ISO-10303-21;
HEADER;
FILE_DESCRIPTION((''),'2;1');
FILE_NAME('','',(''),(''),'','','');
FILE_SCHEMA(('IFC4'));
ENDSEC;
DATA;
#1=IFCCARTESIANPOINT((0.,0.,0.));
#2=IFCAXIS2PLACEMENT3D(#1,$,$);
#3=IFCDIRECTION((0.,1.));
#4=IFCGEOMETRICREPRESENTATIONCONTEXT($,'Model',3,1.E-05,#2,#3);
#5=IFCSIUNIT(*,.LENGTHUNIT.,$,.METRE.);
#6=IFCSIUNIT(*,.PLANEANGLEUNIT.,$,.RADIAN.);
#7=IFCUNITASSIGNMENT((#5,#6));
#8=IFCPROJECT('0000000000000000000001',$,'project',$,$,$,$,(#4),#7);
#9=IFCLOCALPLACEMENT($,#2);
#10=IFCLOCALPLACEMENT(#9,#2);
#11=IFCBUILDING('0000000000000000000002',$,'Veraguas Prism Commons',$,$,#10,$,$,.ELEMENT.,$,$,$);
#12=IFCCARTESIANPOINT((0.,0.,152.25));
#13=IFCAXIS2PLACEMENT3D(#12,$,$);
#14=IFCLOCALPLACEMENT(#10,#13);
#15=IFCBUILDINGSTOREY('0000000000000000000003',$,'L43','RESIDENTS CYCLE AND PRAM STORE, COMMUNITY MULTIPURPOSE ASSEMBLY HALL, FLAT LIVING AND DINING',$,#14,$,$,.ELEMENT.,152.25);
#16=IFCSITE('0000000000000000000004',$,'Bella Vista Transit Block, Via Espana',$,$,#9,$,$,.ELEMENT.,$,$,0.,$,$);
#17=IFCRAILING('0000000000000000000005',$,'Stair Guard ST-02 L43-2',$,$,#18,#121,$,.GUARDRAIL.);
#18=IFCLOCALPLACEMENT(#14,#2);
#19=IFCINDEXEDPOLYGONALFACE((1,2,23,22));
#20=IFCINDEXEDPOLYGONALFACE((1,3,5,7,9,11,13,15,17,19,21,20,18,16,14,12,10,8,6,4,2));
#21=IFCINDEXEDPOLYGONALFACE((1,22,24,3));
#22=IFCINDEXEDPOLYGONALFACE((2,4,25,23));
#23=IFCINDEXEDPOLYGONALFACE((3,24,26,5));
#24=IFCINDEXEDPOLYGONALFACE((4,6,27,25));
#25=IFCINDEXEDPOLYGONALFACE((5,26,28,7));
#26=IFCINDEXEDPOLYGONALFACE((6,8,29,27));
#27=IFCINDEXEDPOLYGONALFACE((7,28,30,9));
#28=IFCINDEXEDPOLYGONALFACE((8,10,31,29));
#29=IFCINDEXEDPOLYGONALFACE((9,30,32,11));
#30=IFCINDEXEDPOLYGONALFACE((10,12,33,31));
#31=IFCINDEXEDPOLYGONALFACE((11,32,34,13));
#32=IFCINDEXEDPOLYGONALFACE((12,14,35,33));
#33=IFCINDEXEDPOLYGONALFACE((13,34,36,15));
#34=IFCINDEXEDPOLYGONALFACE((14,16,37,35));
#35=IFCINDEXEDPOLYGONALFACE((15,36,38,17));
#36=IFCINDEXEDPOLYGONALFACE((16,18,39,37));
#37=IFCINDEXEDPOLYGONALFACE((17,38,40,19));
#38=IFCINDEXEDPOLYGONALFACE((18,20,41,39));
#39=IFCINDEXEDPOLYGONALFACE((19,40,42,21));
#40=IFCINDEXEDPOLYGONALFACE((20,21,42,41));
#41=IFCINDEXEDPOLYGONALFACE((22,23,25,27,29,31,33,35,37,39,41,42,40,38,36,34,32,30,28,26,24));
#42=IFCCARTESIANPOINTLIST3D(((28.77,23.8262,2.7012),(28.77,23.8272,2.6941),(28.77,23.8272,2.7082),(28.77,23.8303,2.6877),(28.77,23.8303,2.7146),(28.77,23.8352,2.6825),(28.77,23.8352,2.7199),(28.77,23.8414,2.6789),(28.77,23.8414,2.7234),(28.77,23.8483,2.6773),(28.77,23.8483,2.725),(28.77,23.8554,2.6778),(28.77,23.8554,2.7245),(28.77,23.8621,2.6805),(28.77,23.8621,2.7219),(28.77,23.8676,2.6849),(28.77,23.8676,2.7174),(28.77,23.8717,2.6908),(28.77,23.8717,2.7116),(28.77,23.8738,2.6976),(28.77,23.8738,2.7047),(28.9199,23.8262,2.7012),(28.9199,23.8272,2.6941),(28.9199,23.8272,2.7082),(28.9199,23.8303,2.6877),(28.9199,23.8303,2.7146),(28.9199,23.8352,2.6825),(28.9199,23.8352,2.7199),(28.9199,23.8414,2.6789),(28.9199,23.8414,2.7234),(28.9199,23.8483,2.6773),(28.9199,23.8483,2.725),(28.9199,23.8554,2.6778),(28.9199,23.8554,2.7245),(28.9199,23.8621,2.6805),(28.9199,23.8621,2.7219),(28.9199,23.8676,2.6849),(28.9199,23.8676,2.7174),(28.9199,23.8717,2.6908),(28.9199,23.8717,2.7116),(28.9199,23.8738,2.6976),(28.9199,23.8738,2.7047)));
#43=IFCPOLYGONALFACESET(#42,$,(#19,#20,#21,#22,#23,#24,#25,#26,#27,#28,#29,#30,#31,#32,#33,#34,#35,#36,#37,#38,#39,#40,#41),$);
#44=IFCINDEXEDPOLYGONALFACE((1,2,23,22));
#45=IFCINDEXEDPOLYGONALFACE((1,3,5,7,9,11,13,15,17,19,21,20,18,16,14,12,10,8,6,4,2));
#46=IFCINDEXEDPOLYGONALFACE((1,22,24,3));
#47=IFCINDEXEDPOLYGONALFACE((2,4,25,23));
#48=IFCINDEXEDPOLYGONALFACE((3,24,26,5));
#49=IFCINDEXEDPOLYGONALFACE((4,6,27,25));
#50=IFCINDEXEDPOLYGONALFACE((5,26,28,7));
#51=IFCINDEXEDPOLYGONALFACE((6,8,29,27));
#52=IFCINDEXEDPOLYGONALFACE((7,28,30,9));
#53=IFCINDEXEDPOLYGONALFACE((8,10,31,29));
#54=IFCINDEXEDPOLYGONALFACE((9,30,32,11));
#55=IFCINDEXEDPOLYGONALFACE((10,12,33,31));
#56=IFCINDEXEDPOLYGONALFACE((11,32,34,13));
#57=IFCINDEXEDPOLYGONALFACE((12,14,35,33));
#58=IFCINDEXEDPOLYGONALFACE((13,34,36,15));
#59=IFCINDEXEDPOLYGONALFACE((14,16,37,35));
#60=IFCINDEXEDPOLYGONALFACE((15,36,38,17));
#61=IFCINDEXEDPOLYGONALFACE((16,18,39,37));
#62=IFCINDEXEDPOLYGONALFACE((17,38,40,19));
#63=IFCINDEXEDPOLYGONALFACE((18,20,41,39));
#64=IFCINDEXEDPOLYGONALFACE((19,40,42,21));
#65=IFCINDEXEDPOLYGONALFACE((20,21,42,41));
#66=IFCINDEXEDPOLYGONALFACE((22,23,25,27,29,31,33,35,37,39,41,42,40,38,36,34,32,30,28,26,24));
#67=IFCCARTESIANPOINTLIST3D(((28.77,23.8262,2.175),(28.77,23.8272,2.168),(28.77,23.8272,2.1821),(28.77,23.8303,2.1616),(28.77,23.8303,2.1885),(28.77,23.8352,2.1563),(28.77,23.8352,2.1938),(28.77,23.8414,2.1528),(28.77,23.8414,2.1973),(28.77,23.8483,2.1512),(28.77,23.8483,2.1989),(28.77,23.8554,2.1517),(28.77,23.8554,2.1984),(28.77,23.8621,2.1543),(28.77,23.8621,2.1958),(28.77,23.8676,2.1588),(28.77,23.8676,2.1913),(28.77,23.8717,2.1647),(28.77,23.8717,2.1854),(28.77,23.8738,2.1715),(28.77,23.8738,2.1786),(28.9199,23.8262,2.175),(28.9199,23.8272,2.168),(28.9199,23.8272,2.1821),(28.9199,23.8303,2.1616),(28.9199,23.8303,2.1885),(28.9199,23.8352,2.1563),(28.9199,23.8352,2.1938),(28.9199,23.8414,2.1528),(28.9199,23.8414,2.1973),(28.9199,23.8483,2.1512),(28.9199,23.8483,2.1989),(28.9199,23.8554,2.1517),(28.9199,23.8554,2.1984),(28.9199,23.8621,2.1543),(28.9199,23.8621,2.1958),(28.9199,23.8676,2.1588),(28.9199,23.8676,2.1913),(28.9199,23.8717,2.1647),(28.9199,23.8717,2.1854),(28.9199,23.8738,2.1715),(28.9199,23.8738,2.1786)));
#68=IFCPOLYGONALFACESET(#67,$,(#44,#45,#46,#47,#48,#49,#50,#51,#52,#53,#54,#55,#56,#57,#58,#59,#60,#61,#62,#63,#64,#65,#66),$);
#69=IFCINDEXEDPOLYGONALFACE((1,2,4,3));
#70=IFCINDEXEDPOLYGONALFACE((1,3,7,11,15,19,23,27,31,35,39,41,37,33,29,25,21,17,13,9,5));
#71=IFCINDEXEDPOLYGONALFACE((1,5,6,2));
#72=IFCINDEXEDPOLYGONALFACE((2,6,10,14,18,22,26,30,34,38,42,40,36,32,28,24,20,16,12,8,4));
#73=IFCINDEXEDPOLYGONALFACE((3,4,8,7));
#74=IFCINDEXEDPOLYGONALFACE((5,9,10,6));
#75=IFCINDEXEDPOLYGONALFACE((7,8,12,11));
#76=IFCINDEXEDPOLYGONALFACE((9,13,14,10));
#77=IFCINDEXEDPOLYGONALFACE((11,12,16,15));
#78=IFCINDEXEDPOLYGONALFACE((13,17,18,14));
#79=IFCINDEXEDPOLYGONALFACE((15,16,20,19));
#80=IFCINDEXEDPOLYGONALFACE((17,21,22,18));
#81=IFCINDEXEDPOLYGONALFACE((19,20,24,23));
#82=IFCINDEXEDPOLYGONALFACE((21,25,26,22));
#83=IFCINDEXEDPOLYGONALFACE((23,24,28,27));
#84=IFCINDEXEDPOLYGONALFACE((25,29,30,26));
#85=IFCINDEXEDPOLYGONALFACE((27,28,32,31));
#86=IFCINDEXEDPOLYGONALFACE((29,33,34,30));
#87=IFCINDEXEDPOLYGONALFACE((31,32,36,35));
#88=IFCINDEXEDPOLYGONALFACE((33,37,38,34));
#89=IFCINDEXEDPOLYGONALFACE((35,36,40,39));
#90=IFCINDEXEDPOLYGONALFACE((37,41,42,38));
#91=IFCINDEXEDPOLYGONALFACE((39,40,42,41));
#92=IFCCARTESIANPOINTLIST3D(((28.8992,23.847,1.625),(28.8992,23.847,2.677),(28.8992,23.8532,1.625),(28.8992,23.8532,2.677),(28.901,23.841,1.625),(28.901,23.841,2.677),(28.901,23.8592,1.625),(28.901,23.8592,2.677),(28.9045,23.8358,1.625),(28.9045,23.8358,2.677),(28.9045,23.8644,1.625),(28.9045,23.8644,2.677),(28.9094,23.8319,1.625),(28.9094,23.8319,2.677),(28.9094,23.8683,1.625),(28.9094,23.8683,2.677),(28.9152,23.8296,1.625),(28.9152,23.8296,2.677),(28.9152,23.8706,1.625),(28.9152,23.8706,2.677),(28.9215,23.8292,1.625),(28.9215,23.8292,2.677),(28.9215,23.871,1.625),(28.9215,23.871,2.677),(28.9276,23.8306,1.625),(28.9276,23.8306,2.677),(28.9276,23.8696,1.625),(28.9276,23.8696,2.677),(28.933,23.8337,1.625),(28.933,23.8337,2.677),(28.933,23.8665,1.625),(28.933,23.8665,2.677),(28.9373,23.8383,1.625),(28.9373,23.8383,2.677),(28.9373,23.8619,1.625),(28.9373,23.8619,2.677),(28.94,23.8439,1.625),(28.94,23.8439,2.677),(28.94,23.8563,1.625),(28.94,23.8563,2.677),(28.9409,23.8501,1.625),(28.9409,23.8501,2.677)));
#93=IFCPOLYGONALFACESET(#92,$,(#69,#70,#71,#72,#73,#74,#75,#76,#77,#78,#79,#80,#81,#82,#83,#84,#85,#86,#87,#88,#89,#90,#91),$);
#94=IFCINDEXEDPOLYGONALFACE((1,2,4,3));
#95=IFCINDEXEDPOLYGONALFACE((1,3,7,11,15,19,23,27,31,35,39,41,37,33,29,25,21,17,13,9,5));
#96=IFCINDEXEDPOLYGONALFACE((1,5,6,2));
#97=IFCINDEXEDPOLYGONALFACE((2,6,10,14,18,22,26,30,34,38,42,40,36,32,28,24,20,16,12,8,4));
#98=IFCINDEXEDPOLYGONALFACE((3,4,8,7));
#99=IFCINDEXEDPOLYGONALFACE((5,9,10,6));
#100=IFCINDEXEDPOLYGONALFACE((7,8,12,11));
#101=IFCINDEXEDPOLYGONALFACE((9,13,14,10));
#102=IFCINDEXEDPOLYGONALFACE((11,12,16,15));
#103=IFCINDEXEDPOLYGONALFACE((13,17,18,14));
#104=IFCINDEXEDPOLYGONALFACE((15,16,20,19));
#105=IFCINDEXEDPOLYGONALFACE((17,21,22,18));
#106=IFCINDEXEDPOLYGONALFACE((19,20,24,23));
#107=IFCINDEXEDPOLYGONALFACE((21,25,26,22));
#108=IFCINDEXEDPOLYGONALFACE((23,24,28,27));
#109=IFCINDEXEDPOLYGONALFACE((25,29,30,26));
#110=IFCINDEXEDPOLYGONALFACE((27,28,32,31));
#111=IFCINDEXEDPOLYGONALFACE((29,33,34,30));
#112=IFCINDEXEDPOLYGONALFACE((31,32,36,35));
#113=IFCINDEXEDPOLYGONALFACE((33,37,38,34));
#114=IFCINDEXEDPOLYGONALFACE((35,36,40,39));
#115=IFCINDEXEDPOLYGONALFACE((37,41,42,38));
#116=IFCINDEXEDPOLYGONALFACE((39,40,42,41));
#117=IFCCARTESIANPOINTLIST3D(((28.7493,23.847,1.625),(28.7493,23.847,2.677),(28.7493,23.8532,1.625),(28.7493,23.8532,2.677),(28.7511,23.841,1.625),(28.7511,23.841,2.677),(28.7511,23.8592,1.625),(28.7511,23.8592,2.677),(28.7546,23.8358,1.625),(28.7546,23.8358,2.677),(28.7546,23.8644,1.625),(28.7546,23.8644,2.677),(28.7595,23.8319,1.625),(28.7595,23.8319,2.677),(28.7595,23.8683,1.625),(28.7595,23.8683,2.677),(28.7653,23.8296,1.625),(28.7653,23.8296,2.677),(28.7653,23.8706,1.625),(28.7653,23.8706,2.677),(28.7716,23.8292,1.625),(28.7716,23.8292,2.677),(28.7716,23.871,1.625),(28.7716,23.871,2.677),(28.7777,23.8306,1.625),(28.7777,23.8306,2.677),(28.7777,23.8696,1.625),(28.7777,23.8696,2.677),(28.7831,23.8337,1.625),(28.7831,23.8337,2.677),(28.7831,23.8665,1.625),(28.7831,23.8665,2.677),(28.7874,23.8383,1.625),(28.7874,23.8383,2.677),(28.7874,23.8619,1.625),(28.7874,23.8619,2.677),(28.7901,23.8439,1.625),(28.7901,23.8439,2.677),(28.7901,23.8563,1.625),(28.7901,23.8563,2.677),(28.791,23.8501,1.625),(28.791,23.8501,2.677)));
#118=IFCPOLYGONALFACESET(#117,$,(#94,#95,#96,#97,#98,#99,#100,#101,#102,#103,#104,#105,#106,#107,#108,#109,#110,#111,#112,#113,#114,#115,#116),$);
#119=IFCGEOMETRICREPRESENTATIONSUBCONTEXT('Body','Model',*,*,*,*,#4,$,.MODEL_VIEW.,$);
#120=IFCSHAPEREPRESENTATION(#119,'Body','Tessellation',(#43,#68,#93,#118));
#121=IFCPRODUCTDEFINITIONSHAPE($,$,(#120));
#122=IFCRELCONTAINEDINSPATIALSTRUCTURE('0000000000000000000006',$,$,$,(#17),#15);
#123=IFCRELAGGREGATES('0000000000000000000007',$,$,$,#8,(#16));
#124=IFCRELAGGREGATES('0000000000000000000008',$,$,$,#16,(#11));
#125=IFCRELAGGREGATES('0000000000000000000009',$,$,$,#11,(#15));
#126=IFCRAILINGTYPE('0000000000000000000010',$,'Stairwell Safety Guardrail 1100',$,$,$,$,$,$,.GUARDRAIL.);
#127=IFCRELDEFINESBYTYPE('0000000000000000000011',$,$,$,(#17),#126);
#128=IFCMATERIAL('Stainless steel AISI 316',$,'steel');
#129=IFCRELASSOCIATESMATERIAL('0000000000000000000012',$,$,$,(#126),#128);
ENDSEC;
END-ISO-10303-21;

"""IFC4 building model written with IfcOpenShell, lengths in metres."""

from ifc_helpers import new_model, si_unit, direction, frame, origin, origin_2d, place, context, subcontext, project, spatial, circle, extrude, material, type_object, element, save


model = new_model("IFC4")

# Units and contexts
model_context = context("Model", 3, precision=1e-05, world=origin(), true_north=direction((0.0, 1.0)))
body_context = subcontext(model_context, "Body", "Model", "MODEL_VIEW")
ifc_project = project(units=[si_unit("LENGTHUNIT", "METRE"), si_unit("PLANEANGLEUNIT", "RADIAN")], contexts=[model_context])

# Site, building, storey
site_placement = place(None, origin())
site = spatial("IfcSite", under=ifc_project, at=site_placement, Name="Bella Vista Transit Block, Via Espana", CompositionType="ELEMENT", RefElevation=0.0)
building_placement = place(site_placement, origin())
building = spatial("IfcBuilding", under=site, at=building_placement, Name="Veraguas Prism Commons", CompositionType="ELEMENT")
storey_placement = place(building_placement, frame((0.0, 0.0, 152.25)))
storey = spatial("IfcBuildingStorey", under=building, at=storey_placement, Name="L43", Description="RESIDENTS CYCLE AND PRAM STORE, COMMUNITY MULTIPURPOSE ASSEMBLY HALL, FLAT LIVING AND DINING", CompositionType="ELEMENT", Elevation=152.25)

# Shared definitions
ifc_material_1 = material(Name="Stainless steel AISI 316", Category="steel")

# Railing
railing_type_1 = type_object("IfcRailingType", Name="Stairwell Safety Guardrail 1100", PredefinedType="GUARDRAIL", material=ifc_material_1)
railing_1_placement = place(storey_placement, frame((28.9199, 23.8501, 1.625)))
element("IfcRailing", 1, at=railing_1_placement, inside=storey, type_object=railing_type_1, Name="Stair Guard ST-02 L43-2", PredefinedType="GUARDRAIL", context=body_context, shape_type="SweptSolid", body=[
    extrude(circle(Radius=0.0239, at=origin_2d()), frame((0.0, 0.0, 1.0762), z_axis=(-1.0, 0.0, 0.0), x_axis=(0.0, -1.0, 0.0)), (0.0, 0.0, 1.0), 0.1499),
    extrude(circle(Radius=0.0239, at=origin_2d()), frame((0.0, 0.0, 0.55), z_axis=(-1.0, 0.0, 0.0), x_axis=(0.0, -1.0, 0.0)), (0.0, 0.0, 1.0), 0.1499),
    extrude(circle(Radius=0.021, at=origin_2d()), origin(), (0.0, 0.0, 1.0), 1.052),
    extrude(circle(Radius=0.021, at=origin_2d()), frame((-0.1499, 0.0, 0.0)), (0.0, 0.0, 1.0), 1.052),
])

save(model, "model.ifc")
